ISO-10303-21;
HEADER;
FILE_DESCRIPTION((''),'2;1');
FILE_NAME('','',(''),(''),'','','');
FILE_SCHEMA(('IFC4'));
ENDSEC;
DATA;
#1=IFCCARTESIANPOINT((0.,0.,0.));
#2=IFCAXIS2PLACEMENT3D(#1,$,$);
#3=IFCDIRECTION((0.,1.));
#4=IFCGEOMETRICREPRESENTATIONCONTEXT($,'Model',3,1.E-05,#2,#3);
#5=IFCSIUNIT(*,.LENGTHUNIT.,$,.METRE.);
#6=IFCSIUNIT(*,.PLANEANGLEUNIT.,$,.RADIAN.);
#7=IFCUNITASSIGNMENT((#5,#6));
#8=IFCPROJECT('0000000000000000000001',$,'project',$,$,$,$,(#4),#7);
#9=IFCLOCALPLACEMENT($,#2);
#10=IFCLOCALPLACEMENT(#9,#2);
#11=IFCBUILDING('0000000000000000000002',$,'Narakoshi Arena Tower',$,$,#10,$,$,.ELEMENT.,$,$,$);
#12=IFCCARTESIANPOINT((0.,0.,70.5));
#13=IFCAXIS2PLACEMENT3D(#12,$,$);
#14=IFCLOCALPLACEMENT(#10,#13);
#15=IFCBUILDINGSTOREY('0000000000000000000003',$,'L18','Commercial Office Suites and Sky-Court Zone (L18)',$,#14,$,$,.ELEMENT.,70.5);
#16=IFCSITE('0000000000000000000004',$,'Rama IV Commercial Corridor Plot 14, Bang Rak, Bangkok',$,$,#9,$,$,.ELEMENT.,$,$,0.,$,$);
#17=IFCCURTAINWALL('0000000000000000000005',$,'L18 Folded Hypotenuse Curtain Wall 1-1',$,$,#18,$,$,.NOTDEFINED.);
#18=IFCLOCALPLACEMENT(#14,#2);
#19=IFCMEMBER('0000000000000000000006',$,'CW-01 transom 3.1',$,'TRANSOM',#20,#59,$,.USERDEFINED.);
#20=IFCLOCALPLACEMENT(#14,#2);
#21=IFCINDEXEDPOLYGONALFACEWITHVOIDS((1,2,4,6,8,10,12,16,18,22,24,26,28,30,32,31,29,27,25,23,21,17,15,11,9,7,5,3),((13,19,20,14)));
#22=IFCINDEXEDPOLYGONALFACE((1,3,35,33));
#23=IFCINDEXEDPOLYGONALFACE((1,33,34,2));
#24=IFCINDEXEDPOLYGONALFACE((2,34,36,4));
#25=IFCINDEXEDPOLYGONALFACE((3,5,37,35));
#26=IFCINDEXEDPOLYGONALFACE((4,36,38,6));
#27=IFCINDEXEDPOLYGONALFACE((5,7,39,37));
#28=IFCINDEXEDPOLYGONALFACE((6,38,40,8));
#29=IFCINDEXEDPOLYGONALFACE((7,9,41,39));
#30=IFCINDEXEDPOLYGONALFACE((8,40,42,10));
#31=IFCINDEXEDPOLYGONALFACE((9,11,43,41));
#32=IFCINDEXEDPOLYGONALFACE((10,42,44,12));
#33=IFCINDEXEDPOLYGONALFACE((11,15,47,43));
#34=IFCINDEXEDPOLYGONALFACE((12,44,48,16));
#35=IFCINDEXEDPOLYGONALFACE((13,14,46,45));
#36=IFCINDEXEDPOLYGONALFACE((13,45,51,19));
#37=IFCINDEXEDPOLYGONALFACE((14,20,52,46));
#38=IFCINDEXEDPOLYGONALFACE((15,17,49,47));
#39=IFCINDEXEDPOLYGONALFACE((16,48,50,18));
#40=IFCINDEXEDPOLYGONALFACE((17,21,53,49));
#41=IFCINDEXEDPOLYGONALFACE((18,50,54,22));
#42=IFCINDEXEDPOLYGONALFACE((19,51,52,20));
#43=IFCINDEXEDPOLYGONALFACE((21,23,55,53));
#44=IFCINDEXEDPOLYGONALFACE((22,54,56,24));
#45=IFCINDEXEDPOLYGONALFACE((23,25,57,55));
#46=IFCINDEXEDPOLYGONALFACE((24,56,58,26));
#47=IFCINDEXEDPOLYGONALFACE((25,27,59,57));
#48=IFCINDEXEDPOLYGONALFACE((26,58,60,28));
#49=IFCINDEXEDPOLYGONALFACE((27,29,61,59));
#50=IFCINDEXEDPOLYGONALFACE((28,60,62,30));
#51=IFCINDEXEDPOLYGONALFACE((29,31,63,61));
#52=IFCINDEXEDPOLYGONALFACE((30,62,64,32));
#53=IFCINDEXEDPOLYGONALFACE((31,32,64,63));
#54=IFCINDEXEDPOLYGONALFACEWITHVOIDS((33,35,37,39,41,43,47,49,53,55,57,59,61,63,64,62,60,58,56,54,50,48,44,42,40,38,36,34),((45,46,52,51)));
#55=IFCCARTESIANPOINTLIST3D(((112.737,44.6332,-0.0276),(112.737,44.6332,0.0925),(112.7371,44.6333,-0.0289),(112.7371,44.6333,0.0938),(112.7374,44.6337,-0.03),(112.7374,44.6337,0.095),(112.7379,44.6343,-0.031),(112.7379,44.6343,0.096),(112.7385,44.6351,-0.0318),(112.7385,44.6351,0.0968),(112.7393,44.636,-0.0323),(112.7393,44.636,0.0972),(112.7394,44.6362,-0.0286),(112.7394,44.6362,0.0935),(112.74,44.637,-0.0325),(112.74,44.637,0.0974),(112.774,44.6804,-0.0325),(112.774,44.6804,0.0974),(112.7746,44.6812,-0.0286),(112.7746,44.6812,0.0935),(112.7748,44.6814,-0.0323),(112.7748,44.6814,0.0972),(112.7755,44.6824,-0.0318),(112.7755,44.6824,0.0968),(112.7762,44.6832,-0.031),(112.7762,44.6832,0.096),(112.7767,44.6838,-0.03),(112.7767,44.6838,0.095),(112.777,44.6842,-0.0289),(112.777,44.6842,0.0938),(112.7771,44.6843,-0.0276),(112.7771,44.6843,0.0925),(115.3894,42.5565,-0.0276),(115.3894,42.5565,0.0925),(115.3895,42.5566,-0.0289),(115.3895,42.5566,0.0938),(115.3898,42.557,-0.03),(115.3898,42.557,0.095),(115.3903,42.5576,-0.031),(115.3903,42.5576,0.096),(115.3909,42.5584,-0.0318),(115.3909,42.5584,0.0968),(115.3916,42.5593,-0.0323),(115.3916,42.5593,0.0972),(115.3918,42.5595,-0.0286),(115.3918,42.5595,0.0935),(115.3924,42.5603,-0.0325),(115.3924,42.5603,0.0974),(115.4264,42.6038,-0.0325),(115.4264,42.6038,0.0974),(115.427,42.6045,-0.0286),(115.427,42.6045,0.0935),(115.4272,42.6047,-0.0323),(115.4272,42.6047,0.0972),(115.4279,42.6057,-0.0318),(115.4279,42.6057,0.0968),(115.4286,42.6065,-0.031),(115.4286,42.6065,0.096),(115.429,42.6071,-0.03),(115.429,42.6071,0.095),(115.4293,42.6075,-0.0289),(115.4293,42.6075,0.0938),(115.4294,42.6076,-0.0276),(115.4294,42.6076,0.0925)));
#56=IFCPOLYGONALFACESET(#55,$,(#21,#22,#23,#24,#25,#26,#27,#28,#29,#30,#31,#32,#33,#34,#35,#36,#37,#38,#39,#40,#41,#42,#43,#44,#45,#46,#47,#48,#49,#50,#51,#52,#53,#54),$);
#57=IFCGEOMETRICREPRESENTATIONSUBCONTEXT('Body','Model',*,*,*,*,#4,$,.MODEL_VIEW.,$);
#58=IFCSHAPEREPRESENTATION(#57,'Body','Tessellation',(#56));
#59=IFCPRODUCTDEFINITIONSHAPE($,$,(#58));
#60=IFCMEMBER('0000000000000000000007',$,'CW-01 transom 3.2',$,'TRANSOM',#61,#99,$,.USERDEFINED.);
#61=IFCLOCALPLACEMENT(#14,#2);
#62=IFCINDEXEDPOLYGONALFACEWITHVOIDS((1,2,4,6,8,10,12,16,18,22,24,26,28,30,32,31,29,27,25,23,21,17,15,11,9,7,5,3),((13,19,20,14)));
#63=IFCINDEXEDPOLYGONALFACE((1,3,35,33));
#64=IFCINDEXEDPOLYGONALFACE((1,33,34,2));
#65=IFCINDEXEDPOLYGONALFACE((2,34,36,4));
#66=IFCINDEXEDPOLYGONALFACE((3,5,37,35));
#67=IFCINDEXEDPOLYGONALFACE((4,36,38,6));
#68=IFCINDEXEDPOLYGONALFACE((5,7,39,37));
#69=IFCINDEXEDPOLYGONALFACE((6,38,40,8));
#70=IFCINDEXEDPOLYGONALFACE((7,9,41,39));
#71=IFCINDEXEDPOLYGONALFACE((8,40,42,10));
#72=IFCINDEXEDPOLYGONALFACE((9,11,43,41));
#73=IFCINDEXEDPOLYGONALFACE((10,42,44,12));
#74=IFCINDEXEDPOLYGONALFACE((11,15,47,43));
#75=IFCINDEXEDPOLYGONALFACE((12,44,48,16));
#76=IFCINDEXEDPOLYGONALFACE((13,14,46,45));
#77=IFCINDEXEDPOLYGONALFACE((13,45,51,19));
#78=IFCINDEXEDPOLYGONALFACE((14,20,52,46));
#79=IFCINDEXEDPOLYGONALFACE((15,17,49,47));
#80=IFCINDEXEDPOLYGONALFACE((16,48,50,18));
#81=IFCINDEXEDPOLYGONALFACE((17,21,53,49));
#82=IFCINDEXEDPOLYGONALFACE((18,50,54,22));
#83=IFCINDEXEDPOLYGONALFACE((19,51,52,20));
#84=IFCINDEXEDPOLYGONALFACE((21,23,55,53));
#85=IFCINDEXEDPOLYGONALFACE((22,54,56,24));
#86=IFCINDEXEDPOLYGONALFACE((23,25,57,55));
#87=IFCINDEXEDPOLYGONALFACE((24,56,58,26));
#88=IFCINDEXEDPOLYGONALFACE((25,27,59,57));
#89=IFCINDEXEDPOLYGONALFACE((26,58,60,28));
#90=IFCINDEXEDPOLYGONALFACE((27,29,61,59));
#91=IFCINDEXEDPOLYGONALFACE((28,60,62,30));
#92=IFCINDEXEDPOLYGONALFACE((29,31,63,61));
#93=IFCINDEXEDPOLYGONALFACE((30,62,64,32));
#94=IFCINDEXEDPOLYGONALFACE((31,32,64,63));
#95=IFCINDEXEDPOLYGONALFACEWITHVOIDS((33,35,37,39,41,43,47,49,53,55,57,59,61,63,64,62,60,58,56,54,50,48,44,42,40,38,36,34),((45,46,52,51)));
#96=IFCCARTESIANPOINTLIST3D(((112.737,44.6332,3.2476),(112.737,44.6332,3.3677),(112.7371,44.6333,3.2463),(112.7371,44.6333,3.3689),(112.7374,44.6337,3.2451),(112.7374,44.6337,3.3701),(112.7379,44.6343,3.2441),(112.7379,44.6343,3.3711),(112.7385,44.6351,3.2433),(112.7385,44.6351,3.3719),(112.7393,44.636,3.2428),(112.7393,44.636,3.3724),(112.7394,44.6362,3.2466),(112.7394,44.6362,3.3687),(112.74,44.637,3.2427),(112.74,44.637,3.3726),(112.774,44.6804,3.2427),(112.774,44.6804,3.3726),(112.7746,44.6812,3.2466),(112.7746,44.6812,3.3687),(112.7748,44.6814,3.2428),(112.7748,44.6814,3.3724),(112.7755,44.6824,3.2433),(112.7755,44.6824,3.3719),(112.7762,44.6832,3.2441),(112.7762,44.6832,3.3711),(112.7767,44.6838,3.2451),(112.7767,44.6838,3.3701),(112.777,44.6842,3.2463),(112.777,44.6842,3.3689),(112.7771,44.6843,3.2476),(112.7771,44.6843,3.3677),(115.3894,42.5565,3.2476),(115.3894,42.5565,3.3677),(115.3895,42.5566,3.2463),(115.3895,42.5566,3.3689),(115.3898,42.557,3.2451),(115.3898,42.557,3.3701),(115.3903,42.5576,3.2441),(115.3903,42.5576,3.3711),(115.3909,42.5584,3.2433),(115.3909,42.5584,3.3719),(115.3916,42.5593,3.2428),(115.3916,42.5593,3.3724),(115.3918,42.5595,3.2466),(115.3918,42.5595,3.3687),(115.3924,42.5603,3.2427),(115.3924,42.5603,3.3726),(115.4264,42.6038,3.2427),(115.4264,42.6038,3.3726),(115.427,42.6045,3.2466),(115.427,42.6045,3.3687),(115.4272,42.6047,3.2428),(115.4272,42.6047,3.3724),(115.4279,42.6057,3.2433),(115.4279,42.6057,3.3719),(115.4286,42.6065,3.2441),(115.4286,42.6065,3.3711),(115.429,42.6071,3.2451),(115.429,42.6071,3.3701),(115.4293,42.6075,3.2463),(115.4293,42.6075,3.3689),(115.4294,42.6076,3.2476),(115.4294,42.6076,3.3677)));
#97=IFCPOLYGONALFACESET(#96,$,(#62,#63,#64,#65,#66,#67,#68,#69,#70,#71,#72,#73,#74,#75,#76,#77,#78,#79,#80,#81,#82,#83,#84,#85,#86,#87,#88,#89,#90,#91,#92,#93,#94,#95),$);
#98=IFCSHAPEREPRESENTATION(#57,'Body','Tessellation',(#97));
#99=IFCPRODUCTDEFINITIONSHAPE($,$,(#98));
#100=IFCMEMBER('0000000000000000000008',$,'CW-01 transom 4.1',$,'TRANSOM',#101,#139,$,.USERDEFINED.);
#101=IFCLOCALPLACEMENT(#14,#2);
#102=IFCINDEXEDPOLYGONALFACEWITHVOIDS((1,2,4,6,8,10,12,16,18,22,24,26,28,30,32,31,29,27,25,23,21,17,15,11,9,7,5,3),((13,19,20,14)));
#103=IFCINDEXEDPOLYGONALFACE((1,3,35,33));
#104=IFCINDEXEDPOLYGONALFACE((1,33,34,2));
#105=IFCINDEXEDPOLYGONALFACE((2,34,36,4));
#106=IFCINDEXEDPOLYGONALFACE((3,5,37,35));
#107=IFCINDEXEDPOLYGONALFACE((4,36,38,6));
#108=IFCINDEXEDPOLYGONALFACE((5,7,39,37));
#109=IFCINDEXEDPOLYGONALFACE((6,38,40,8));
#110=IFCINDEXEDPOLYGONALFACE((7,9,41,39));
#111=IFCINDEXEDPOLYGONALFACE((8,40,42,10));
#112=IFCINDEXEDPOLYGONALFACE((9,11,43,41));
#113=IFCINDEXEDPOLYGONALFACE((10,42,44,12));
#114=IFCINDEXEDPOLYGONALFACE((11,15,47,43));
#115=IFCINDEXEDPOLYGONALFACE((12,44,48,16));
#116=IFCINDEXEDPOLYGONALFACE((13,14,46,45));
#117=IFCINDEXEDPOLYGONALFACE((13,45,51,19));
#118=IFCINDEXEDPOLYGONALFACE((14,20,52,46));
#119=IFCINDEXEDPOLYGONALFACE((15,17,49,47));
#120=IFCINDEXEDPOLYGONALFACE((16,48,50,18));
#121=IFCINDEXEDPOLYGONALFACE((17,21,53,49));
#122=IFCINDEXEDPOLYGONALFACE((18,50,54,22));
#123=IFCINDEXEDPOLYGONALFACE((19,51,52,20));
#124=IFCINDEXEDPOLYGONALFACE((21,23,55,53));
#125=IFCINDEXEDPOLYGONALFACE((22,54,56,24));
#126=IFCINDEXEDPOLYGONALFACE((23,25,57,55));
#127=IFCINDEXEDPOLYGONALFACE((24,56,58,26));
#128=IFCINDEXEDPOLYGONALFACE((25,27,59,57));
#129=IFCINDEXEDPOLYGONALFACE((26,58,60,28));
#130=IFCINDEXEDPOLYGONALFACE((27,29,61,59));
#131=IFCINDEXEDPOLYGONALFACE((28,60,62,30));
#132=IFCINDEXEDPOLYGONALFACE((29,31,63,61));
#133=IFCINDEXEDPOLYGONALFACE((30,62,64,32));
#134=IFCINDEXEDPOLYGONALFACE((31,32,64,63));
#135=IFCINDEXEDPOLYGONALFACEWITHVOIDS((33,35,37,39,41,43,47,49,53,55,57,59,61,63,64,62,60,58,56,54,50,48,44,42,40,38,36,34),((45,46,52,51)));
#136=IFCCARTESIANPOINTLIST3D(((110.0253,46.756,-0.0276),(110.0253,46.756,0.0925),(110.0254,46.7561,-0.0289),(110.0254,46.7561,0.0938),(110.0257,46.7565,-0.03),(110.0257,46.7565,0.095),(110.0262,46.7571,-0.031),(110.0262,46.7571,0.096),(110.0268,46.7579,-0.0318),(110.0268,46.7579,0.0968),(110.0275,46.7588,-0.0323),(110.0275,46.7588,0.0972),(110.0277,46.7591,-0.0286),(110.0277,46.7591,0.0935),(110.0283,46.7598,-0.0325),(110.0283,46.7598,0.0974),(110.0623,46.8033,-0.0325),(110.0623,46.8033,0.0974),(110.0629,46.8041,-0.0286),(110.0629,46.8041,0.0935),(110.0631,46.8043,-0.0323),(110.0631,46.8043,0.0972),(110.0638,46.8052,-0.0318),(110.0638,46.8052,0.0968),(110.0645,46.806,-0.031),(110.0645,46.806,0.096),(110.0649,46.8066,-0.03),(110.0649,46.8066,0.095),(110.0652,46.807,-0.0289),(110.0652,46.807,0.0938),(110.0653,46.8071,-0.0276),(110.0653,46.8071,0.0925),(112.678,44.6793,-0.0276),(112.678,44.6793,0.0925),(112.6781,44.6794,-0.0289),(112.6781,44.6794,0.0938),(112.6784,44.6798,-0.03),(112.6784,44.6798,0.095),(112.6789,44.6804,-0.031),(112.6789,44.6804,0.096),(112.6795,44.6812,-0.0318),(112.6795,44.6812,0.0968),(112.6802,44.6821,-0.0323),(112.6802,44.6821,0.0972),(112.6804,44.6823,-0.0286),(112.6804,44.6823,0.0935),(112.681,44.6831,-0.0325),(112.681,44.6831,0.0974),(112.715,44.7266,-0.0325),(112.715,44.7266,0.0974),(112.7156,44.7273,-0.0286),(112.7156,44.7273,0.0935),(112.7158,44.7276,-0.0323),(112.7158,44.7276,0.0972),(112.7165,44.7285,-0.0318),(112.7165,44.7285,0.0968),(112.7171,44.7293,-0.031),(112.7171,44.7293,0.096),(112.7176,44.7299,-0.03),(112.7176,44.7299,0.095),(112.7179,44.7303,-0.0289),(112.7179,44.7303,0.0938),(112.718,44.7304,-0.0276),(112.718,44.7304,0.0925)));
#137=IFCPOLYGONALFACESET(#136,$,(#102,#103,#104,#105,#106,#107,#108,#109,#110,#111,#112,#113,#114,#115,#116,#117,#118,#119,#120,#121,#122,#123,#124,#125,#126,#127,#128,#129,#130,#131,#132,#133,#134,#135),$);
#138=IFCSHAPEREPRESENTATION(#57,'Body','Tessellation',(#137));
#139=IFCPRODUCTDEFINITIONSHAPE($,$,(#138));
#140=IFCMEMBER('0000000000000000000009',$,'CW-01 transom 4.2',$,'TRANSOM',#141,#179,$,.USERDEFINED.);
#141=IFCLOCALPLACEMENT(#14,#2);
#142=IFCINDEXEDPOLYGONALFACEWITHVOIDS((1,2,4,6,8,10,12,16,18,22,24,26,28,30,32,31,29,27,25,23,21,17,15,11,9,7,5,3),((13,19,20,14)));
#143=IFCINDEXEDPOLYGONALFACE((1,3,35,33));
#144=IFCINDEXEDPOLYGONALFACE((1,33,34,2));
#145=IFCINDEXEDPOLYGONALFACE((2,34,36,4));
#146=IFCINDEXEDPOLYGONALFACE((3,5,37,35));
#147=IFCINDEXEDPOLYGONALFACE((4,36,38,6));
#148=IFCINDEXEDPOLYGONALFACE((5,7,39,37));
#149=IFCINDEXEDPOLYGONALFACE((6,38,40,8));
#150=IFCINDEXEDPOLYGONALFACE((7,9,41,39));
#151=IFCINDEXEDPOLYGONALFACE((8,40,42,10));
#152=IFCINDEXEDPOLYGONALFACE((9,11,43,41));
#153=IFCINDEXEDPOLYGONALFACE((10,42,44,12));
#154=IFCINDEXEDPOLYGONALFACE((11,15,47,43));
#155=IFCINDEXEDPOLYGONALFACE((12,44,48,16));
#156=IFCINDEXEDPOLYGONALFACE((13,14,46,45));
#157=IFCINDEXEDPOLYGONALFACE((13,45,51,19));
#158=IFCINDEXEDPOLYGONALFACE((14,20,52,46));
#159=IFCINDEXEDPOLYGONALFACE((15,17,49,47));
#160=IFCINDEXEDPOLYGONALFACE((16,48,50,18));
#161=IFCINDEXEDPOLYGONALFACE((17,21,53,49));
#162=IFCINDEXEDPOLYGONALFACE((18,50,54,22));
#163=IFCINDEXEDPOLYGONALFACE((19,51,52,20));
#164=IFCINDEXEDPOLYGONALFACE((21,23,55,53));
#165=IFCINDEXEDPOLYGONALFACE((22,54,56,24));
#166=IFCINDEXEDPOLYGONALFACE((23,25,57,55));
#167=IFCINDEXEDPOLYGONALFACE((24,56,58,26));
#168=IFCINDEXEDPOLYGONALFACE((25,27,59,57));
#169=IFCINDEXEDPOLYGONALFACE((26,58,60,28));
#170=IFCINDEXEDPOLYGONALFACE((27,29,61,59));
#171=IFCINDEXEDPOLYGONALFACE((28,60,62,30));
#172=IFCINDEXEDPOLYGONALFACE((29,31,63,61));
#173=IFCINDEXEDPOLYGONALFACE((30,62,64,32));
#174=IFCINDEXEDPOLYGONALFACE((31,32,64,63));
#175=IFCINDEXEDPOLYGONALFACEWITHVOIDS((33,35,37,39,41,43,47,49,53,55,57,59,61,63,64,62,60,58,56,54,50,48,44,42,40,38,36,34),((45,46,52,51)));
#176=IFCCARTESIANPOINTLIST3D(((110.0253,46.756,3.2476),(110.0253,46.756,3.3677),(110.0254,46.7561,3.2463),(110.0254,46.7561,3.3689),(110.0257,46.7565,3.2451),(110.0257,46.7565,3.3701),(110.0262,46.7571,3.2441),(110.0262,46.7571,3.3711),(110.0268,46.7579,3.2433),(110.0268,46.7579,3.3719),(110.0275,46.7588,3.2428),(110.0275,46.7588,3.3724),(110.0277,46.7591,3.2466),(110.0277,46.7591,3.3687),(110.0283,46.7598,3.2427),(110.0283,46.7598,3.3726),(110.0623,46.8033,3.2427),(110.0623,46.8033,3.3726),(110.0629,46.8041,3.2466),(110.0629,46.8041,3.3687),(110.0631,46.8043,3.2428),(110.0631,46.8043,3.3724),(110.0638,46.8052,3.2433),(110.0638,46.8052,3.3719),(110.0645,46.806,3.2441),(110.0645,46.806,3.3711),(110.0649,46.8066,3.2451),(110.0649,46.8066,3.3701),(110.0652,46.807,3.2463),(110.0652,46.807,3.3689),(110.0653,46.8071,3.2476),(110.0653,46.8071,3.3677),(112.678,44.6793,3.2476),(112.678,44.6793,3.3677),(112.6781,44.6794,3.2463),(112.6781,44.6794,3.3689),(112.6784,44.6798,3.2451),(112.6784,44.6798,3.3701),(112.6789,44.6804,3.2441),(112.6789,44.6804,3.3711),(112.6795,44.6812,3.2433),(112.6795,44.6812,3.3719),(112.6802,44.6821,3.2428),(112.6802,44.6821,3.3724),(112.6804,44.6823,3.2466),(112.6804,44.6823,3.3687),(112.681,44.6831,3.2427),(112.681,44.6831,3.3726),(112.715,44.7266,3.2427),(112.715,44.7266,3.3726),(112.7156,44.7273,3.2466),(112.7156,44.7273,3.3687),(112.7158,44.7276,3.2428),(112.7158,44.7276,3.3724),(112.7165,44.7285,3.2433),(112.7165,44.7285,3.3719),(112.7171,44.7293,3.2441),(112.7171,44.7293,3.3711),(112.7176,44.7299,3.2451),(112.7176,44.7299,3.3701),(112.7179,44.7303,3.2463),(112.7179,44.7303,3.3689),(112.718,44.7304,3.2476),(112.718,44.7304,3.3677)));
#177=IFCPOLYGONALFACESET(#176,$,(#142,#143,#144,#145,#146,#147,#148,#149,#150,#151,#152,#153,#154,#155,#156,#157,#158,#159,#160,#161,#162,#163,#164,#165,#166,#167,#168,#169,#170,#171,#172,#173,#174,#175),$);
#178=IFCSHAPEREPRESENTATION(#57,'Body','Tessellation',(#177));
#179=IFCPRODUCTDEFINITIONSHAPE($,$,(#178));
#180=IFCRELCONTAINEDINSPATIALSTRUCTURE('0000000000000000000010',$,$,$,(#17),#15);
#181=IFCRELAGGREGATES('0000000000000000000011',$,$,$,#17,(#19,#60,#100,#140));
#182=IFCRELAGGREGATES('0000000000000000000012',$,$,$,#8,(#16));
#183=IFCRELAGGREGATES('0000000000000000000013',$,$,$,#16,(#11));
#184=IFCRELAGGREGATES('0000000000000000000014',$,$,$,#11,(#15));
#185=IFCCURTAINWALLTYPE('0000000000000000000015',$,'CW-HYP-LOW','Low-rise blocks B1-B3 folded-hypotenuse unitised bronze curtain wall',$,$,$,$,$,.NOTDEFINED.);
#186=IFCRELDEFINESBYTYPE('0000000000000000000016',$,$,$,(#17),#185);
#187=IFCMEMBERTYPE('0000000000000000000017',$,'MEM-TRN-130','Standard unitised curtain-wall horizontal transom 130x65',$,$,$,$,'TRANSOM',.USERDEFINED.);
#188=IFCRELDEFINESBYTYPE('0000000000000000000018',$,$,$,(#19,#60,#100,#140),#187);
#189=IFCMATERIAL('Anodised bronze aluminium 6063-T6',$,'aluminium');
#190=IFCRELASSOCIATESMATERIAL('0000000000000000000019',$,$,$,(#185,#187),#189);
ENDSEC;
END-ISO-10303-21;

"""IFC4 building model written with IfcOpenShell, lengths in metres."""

from ifc_helpers import new_model, si_unit, direction, frame, origin, origin_2d, place, context, subcontext, project, spatial, hollow_rectangle, extrude, material, material_profile, profile_set, type_object, element, aggregate, save


model = new_model("IFC4")

# Units and contexts
model_context = context("Model", 3, precision=1e-05, world=origin(), true_north=direction((0.0, 1.0)))
body_context = subcontext(model_context, "Body", "Model", "MODEL_VIEW")
ifc_project = project(units=[si_unit("LENGTHUNIT", "METRE"), si_unit("PLANEANGLEUNIT", "RADIAN")], contexts=[model_context])

# Site, building, storey
site_placement = place(None, origin())
site = spatial("IfcSite", under=ifc_project, at=site_placement, Name="Rama IV Commercial Corridor Plot 14, Bang Rak, Bangkok", CompositionType="ELEMENT", RefElevation=0.0)
building_placement = place(site_placement, origin())
building = spatial("IfcBuilding", under=site, at=building_placement, Name="Narakoshi Arena Tower", CompositionType="ELEMENT")
storey_placement = place(building_placement, frame((0.0, 0.0, 70.5)))
storey = spatial("IfcBuildingStorey", under=building, at=storey_placement, Name="L18", Description="Commercial Office Suites and Sky-Court Zone (L18)", CompositionType="ELEMENT", Elevation=70.5)

# Curtain wall, members
ifc_material_1 = material(Name="Anodised bronze aluminium 6063-T6", Category="aluminium")
curtain_wall_type = type_object("IfcCurtainWallType", Name="CW-HYP-LOW", Description="Low-rise blocks B1-B3 folded-hypotenuse unitised bronze curtain wall", PredefinedType="NOTDEFINED", material=ifc_material_1)
curtain_wall_placement = place(storey_placement, origin())
curtain_wall = element("IfcCurtainWall", 1, at=curtain_wall_placement, inside=storey, type_object=curtain_wall_type, Name="L18 Folded Hypotenuse Curtain Wall 1-1", PredefinedType="NOTDEFINED")
ifc_material_profile_1 = material_profile(ifc_material_1, hollow_rectangle(XDim=0.0649, YDim=0.1299, WallThickness=0.0039, OuterFilletRadius=0.0049, at=origin_2d()), Name="TRN130x65x4")
ifc_profile_set_1 = profile_set([ifc_material_profile_1], Name="Anodised bronze aluminium 6063-T6")
member_type_1 = type_object("IfcMemberType", Name="MEM-TRN-130", Description="Standard unitised curtain-wall horizontal transom 130x65", ElementType="TRANSOM", PredefinedType="USERDEFINED", material=ifc_profile_set_1)
member_1_placement = place(storey_placement, frame((115.4094, 42.582, 0.0325), z_axis=(-0.787373, 0.616476, 0.0), x_axis=(-0.616476, -0.787373, 0.0)))
member_1 = element("IfcMember", 2, at=member_1_placement, type_object=member_type_1, Name="CW-01 transom 3.1", ObjectType="TRANSOM", PredefinedType="USERDEFINED", context=body_context, shape_type="SweptSolid", body=[
    extrude(hollow_rectangle(XDim=0.0649, YDim=0.1299, WallThickness=0.0039, OuterFilletRadius=0.0049, at=origin_2d()), origin(), (0.0, 0.0, 1.0), 3.3687),
])
member_2_placement = place(storey_placement, frame((115.4094, 42.582, 3.3076), z_axis=(-0.787373, 0.616476, 0.0), x_axis=(-0.616476, -0.787373, 0.0)))
member_2 = element("IfcMember", 3, at=member_2_placement, type_object=member_type_1, Name="CW-01 transom 3.2", ObjectType="TRANSOM", PredefinedType="USERDEFINED", context=body_context, shape_type="SweptSolid", body=[
    extrude(hollow_rectangle(XDim=0.0649, YDim=0.1299, WallThickness=0.0039, OuterFilletRadius=0.0049, at=origin_2d()), origin(), (0.0, 0.0, 1.0), 3.3687),
])
member_3_placement = place(storey_placement, frame((112.698, 44.7048, 0.0325), z_axis=(-0.787401, 0.616441, 0.0), x_axis=(-0.616441, -0.787401, 0.0)))
member_3 = element("IfcMember", 4, at=member_3_placement, type_object=member_type_1, Name="CW-01 transom 4.1", ObjectType="TRANSOM", PredefinedType="USERDEFINED", context=body_context, shape_type="SweptSolid", body=[
    extrude(hollow_rectangle(XDim=0.0649, YDim=0.1299, WallThickness=0.0039, OuterFilletRadius=0.0049, at=origin_2d()), origin(), (0.0, 0.0, 1.0), 3.3689),
])
member_4_placement = place(storey_placement, frame((112.698, 44.7048, 3.3076), z_axis=(-0.787401, 0.616441, 0.0), x_axis=(-0.616441, -0.787401, 0.0)))
member_4 = element("IfcMember", 5, at=member_4_placement, type_object=member_type_1, Name="CW-01 transom 4.2", ObjectType="TRANSOM", PredefinedType="USERDEFINED", context=body_context, shape_type="SweptSolid", body=[
    extrude(hollow_rectangle(XDim=0.0649, YDim=0.1299, WallThickness=0.0039, OuterFilletRadius=0.0049, at=origin_2d()), origin(), (0.0, 0.0, 1.0), 3.3689),
])
aggregate(curtain_wall, [member_1, member_2, member_3, member_4])

save(model, "model.ifc")
